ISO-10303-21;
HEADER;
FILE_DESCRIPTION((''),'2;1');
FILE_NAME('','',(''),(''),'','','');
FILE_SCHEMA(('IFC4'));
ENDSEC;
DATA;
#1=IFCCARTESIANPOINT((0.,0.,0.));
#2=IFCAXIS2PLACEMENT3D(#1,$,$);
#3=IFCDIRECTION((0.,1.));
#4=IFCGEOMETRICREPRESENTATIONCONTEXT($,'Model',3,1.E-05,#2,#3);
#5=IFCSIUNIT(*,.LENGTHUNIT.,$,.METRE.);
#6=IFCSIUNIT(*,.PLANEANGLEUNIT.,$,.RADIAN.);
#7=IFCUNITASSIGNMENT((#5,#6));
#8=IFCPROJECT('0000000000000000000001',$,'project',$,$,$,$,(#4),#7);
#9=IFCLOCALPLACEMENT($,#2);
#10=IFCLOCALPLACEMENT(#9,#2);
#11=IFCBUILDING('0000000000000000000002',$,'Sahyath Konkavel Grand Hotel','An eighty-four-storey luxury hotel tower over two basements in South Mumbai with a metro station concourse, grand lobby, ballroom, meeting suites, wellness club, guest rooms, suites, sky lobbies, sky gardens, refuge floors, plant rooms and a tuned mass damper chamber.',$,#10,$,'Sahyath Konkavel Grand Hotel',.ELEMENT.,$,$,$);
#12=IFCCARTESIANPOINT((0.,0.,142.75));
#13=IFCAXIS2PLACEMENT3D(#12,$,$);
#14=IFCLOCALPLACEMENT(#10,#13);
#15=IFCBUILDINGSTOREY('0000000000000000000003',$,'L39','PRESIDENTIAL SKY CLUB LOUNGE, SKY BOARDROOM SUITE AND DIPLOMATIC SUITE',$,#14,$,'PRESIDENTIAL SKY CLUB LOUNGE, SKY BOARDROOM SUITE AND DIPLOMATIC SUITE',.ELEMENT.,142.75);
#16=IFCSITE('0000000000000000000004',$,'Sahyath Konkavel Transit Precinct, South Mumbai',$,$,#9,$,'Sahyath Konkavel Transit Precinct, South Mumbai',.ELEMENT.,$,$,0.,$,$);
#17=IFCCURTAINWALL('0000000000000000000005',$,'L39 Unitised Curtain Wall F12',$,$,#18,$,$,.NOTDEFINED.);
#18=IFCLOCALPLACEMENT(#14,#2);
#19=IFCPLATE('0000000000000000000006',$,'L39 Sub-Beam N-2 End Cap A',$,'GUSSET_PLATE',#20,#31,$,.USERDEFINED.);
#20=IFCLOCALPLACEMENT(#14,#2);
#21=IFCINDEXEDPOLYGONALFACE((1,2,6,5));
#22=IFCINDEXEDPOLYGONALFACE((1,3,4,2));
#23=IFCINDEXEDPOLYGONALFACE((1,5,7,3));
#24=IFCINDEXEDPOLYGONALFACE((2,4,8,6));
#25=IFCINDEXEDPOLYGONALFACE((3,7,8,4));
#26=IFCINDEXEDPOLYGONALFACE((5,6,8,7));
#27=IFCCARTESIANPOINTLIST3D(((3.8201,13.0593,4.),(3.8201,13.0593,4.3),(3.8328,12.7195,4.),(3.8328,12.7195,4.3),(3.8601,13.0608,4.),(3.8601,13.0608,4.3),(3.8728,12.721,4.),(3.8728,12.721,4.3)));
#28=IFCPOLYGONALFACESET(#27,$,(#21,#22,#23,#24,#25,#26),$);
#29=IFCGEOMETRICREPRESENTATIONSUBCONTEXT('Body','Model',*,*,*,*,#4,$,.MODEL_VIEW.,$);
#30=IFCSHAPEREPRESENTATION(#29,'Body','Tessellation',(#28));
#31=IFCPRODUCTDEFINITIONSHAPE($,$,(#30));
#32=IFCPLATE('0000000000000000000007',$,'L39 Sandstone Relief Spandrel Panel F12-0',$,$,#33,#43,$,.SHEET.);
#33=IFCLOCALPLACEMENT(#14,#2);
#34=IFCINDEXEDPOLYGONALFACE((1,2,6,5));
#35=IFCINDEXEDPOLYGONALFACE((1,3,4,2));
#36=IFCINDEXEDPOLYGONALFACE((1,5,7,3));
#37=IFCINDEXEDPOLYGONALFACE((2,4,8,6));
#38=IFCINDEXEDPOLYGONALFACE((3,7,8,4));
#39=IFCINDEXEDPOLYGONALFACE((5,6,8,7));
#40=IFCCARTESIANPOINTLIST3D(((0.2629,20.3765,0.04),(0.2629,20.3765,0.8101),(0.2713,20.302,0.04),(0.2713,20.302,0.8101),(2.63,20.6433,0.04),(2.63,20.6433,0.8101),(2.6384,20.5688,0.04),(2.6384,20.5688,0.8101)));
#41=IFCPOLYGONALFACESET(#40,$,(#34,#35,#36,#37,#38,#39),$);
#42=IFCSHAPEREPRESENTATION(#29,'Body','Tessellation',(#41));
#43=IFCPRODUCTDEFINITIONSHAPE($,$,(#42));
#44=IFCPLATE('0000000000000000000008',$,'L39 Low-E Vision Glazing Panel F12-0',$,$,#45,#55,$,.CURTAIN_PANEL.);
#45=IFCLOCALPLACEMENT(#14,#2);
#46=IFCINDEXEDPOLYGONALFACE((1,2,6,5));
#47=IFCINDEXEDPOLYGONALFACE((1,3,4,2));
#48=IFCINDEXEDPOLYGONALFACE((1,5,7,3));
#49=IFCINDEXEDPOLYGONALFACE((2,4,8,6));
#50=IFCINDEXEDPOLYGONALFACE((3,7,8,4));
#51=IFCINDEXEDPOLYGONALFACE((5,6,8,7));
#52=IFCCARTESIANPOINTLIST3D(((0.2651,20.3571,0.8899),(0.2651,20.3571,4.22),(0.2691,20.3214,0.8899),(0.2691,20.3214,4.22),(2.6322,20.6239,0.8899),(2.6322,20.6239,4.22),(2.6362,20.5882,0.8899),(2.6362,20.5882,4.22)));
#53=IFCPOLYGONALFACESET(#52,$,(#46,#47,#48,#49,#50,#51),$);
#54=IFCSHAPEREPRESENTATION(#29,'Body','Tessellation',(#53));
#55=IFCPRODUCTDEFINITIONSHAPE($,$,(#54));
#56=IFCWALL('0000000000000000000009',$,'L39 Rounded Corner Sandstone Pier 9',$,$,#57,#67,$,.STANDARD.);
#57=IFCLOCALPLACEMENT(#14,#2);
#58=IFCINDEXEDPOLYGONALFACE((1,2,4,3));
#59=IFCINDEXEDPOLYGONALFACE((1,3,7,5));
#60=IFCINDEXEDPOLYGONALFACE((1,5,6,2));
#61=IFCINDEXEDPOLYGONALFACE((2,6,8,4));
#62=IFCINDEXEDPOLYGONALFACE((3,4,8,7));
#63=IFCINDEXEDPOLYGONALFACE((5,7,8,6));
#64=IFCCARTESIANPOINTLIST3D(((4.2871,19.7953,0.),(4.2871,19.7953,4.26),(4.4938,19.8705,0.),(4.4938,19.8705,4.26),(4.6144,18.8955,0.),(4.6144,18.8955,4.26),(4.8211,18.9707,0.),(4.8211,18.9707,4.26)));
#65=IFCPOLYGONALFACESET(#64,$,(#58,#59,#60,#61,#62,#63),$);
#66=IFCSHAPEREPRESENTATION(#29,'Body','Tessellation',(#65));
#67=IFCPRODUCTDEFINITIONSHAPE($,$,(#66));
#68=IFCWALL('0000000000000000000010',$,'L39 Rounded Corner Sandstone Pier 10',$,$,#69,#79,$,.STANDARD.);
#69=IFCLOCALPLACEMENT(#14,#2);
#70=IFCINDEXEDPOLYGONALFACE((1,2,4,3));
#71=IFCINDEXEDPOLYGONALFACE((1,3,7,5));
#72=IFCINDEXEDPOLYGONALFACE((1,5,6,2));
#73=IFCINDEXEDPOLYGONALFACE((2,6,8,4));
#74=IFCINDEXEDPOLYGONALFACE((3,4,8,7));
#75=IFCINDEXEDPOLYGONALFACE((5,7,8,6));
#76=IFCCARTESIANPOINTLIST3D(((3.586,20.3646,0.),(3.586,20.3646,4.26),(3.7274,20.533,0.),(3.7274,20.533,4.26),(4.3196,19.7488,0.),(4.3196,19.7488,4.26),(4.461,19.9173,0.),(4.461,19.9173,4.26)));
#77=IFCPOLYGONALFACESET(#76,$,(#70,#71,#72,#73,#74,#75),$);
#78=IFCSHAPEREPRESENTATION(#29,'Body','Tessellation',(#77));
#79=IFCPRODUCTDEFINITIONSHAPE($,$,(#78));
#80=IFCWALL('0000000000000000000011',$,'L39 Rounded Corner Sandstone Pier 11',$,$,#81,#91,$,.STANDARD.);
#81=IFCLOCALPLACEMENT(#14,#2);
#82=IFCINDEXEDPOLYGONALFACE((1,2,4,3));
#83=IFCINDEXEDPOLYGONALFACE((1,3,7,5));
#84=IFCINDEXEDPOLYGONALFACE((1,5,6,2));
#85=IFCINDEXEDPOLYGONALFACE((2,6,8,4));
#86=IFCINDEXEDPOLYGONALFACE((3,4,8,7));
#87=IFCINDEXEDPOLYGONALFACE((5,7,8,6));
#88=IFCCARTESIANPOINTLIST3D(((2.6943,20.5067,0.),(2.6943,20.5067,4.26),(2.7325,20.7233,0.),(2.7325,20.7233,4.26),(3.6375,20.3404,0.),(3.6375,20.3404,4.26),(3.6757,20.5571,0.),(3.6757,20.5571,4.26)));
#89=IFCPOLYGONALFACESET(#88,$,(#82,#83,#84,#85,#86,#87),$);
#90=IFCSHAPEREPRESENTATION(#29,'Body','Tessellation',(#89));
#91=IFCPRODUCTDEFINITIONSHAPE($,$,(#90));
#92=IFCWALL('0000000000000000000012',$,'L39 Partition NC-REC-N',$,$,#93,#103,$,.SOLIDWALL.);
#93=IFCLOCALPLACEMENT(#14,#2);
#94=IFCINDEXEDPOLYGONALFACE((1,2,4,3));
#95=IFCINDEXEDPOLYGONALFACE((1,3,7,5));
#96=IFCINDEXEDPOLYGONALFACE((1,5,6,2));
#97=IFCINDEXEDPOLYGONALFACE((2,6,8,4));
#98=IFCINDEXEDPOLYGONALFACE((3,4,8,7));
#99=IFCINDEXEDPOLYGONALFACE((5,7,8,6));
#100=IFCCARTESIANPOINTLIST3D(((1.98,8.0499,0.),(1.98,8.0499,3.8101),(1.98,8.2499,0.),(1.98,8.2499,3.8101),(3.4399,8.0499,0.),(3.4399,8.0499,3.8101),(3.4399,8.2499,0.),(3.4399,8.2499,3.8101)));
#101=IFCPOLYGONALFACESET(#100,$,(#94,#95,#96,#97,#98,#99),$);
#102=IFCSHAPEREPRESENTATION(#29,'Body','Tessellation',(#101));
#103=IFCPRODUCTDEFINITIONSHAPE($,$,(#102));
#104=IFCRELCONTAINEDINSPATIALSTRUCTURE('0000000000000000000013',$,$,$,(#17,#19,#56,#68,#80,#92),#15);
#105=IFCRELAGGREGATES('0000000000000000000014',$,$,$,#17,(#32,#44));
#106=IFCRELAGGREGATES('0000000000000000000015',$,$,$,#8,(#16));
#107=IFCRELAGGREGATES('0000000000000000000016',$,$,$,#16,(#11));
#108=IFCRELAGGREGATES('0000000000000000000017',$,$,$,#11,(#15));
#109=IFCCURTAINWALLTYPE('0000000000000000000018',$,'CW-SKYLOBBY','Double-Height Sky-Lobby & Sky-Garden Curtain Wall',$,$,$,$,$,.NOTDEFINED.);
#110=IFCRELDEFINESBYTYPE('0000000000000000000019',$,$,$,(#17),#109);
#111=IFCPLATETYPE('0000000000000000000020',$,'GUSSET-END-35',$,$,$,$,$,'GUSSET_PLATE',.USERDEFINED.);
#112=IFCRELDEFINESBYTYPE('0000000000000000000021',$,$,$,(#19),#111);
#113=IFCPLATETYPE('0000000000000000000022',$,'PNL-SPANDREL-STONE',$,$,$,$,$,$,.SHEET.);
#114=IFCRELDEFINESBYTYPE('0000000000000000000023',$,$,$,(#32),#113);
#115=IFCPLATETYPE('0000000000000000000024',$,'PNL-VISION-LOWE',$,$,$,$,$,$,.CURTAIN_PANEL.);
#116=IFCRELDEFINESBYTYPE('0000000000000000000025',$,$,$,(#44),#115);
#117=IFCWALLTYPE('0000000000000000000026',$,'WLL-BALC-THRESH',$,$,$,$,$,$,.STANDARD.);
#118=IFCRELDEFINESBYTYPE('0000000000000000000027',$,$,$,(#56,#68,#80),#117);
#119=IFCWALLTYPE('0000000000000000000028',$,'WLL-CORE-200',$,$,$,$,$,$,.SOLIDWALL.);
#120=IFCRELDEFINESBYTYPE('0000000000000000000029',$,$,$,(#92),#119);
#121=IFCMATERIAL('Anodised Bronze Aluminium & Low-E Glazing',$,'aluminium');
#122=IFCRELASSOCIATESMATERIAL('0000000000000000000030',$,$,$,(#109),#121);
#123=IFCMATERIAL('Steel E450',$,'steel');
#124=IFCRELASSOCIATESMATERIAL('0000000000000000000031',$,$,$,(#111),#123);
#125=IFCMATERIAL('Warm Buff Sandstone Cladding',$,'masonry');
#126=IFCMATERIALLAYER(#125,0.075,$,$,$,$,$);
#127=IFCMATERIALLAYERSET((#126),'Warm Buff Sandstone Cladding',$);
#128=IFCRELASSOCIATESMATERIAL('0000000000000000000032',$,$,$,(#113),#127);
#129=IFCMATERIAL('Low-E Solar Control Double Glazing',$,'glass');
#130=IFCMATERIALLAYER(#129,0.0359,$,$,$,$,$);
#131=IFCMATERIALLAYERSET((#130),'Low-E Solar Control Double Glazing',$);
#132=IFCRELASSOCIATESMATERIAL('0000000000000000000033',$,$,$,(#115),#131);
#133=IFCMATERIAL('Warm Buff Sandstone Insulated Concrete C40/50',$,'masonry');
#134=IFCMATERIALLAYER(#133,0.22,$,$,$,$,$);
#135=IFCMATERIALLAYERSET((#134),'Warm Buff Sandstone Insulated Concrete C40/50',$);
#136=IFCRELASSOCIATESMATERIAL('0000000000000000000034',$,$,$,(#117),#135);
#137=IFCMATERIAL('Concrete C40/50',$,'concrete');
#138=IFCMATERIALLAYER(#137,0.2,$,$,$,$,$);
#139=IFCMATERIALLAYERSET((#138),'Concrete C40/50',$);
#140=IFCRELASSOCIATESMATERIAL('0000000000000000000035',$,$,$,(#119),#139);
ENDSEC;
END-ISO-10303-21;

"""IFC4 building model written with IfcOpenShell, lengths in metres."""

from ifc_helpers import new_model, si_unit, direction, frame, frame_2d, origin, origin_2d, place, context, subcontext, project, spatial, rectangle, extrude, source, transform, mapped, material, layer, layer_set, type_object, element, aggregate, save


model = new_model("IFC4")

# Units and contexts
model_context = context("Model", 3, precision=1e-05, world=origin(), true_north=direction((0.0, 1.0)))
body_context = subcontext(model_context, "Body", "Model", "MODEL_VIEW")
ifc_project = project(units=[si_unit("LENGTHUNIT", "METRE"), si_unit("PLANEANGLEUNIT", "RADIAN")], contexts=[model_context])

# Site, building, storey
site_placement = place(None, origin())
site = spatial("IfcSite", under=ifc_project, at=site_placement, Name="Sahyath Konkavel Transit Precinct, South Mumbai", LongName="Sahyath Konkavel Transit Precinct, South Mumbai", CompositionType="ELEMENT", RefElevation=0.0)
building_placement = place(site_placement, origin())
building = spatial("IfcBuilding", under=site, at=building_placement, Name="Sahyath Konkavel Grand Hotel", Description="An eighty-four-storey luxury hotel tower over two basements in South Mumbai with a metro station concourse, grand lobby, ballroom, meeting suites, wellness club, guest rooms, suites, sky lobbies, sky gardens, refuge floors, plant rooms and a tuned mass damper chamber.", LongName="Sahyath Konkavel Grand Hotel", CompositionType="ELEMENT")
storey_placement = place(building_placement, frame((0.0, 0.0, 142.75)))
storey = spatial("IfcBuildingStorey", under=building, at=storey_placement, Name="L39", Description="PRESIDENTIAL SKY CLUB LOUNGE, SKY BOARDROOM SUITE AND DIPLOMATIC SUITE", LongName="PRESIDENTIAL SKY CLUB LOUNGE, SKY BOARDROOM SUITE AND DIPLOMATIC SUITE", CompositionType="ELEMENT", Elevation=142.75)

# Shared definitions
ifc_material_1 = material(Name="Concrete C40/50", Category="concrete")

# Curtain wall
ifc_material_2 = material(Name="Anodised Bronze Aluminium & Low-E Glazing", Category="aluminium")
curtain_wall_type = type_object("IfcCurtainWallType", Name="CW-SKYLOBBY", Description="Double-Height Sky-Lobby & Sky-Garden Curtain Wall", PredefinedType="NOTDEFINED", material=ifc_material_2)
curtain_wall_placement = place(storey_placement, origin())
curtain_wall = element("IfcCurtainWall", 1, at=curtain_wall_placement, inside=storey, type_object=curtain_wall_type, Name="L39 Unitised Curtain Wall F12", PredefinedType="NOTDEFINED")

# Plates
ifc_material_3 = material(Name="Steel E450", Category="steel")
plate_type_1 = type_object("IfcPlateType", Name="GUSSET-END-35", ElementType="GUSSET_PLATE", PredefinedType="USERDEFINED", material=ifc_material_3)
shared_shape_1 = source(origin(), body_context, "Body", "SweptSolid", [
    extrude(rectangle(XDim=0.04, YDim=0.3401, at=origin_2d()), origin(), (0.0, 0.0, 1.0), 0.3),
])
plate_1_placement = place(storey_placement, frame((3.8464, 12.8901, 4.0), z_axis=(0.0, 0.0, 1.0), x_axis=(-0.999305, -0.037272, 0.0)))
element("IfcPlate", 2, at=plate_1_placement, inside=storey, type_object=plate_type_1, Name="L39 Sub-Beam N-2 End Cap A", ObjectType="GUSSET_PLATE", PredefinedType="USERDEFINED", context=body_context, shape_type="MappedRepresentation", body=[
    mapped(shared_shape_1, transform((0.0, 0.0, 0.0), scale=1.0)),
])
ifc_material_4 = material(Name="Warm Buff Sandstone Cladding", Category="masonry")
ifc_layer_1 = layer(ifc_material_4, 0.075)
ifc_layer_set_1 = layer_set([ifc_layer_1], Name="Warm Buff Sandstone Cladding")
plate_type_2 = type_object("IfcPlateType", Name="PNL-SPANDREL-STONE", PredefinedType="SHEET", material=ifc_layer_set_1)
shared_shape_2 = source(origin(), body_context, "Body", "SweptSolid", [
    extrude(rectangle(XDim=2.3821, YDim=0.075, at=origin_2d()), origin(), (0.0, 0.0, 1.0), 0.77),
])
plate_2_placement = place(storey_placement, frame((1.4507, 20.4727, 0.04), z_axis=(0.0, 0.0, 1.0), x_axis=(-0.993707, -0.112007, 0.0)))
plate_2 = element("IfcPlate", 3, at=plate_2_placement, type_object=plate_type_2, Name="L39 Sandstone Relief Spandrel Panel F12-0", PredefinedType="SHEET", context=body_context, shape_type="MappedRepresentation", body=[
    mapped(shared_shape_2, transform((0.0, 0.0, 0.0), scale=1.0)),
])
ifc_material_5 = material(Name="Low-E Solar Control Double Glazing", Category="glass")
ifc_layer_2 = layer(ifc_material_5, 0.0359)
ifc_layer_set_2 = layer_set([ifc_layer_2], Name="Low-E Solar Control Double Glazing")
plate_type_3 = type_object("IfcPlateType", Name="PNL-VISION-LOWE", PredefinedType="CURTAIN_PANEL", material=ifc_layer_set_2)
shared_shape_3 = source(origin(), body_context, "Body", "SweptSolid", [
    extrude(rectangle(XDim=2.3821, YDim=0.0359, at=origin_2d()), origin(), (0.0, 0.0, 1.0), 3.3301),
])
plate_3_placement = place(storey_placement, frame((1.4507, 20.4727, 0.8899), z_axis=(0.0, 0.0, 1.0), x_axis=(-0.993707, -0.112007, 0.0)))
plate_3 = element("IfcPlate", 4, at=plate_3_placement, type_object=plate_type_3, Name="L39 Low-E Vision Glazing Panel F12-0", PredefinedType="CURTAIN_PANEL", context=body_context, shape_type="MappedRepresentation", body=[
    mapped(shared_shape_3, transform((0.0, 0.0, 0.0), scale=1.0)),
])
aggregate(curtain_wall, [plate_2, plate_3])

# Walls
ifc_material_6 = material(Name="Warm Buff Sandstone Insulated Concrete C40/50", Category="masonry")
ifc_layer_3 = layer(ifc_material_6, 0.22)
ifc_layer_set_3 = layer_set([ifc_layer_3], Name="Warm Buff Sandstone Insulated Concrete C40/50")
wall_type_1 = type_object("IfcWallType", Name="WLL-BALC-THRESH", PredefinedType="STANDARD", material=ifc_layer_set_3)
wall_1_placement = place(storey_placement, frame((4.7178, 18.9331, 0.0), z_axis=(0.0, 0.0, 1.0), x_axis=(-0.341886, 0.939741, 0.0)))
element("IfcWall", 5, at=wall_1_placement, inside=storey, type_object=wall_type_1, Name="L39 Rounded Corner Sandstone Pier 9", PredefinedType="STANDARD", context=body_context, shape_type="SweptSolid", body=[
    extrude(rectangle(XDim=0.9575, YDim=0.22, at=frame_2d((0.4788, 0.0))), origin(), (0.0, 0.0, 1.0), 4.26),
])
for number, where, z_axis, x_axis, name in (
    (6, (4.3904, 19.833, 0.0), (0.0, 0.0, 1.0), (-0.765981, 0.642863, 0.0), "L39 Rounded Corner Sandstone Pier 10"),
    (7, (3.6567, 20.4487, 0.0), (0.0, 0.0, 1.0), (-0.984814, 0.173611, 0.0), "L39 Rounded Corner Sandstone Pier 11"),
):
    element("IfcWall", number, at=place(storey_placement, frame(where, z_axis=z_axis, x_axis=x_axis)), inside=storey, type_object=wall_type_1, Name=name, PredefinedType="STANDARD", context=body_context, shape_type="SweptSolid", body=[
        extrude(rectangle(XDim=0.9578, YDim=0.22, at=frame_2d((0.479, 0.0))), origin(), (0.0, 0.0, 1.0), 4.26),
    ])
ifc_layer_4 = layer(ifc_material_1, 0.2)
ifc_layer_set_4 = layer_set([ifc_layer_4], Name="Concrete C40/50")
wall_type_2 = type_object("IfcWallType", Name="WLL-CORE-200", PredefinedType="SOLIDWALL", material=ifc_layer_set_4)
wall_2_placement = place(storey_placement, frame((1.98, 8.1499, 0.0), z_axis=(0.0, 0.0, 1.0), x_axis=(1.0, 0.0, 0.0)))
element("IfcWall", 8, at=wall_2_placement, inside=storey, type_object=wall_type_2, Name="L39 Partition NC-REC-N", PredefinedType="SOLIDWALL", context=body_context, shape_type="SweptSolid", body=[
    extrude(rectangle(XDim=1.46, YDim=0.2, at=frame_2d((0.73, 0.0))), origin(), (0.0, 0.0, 1.0), 3.8101),
])

save(model, "model.ifc")
